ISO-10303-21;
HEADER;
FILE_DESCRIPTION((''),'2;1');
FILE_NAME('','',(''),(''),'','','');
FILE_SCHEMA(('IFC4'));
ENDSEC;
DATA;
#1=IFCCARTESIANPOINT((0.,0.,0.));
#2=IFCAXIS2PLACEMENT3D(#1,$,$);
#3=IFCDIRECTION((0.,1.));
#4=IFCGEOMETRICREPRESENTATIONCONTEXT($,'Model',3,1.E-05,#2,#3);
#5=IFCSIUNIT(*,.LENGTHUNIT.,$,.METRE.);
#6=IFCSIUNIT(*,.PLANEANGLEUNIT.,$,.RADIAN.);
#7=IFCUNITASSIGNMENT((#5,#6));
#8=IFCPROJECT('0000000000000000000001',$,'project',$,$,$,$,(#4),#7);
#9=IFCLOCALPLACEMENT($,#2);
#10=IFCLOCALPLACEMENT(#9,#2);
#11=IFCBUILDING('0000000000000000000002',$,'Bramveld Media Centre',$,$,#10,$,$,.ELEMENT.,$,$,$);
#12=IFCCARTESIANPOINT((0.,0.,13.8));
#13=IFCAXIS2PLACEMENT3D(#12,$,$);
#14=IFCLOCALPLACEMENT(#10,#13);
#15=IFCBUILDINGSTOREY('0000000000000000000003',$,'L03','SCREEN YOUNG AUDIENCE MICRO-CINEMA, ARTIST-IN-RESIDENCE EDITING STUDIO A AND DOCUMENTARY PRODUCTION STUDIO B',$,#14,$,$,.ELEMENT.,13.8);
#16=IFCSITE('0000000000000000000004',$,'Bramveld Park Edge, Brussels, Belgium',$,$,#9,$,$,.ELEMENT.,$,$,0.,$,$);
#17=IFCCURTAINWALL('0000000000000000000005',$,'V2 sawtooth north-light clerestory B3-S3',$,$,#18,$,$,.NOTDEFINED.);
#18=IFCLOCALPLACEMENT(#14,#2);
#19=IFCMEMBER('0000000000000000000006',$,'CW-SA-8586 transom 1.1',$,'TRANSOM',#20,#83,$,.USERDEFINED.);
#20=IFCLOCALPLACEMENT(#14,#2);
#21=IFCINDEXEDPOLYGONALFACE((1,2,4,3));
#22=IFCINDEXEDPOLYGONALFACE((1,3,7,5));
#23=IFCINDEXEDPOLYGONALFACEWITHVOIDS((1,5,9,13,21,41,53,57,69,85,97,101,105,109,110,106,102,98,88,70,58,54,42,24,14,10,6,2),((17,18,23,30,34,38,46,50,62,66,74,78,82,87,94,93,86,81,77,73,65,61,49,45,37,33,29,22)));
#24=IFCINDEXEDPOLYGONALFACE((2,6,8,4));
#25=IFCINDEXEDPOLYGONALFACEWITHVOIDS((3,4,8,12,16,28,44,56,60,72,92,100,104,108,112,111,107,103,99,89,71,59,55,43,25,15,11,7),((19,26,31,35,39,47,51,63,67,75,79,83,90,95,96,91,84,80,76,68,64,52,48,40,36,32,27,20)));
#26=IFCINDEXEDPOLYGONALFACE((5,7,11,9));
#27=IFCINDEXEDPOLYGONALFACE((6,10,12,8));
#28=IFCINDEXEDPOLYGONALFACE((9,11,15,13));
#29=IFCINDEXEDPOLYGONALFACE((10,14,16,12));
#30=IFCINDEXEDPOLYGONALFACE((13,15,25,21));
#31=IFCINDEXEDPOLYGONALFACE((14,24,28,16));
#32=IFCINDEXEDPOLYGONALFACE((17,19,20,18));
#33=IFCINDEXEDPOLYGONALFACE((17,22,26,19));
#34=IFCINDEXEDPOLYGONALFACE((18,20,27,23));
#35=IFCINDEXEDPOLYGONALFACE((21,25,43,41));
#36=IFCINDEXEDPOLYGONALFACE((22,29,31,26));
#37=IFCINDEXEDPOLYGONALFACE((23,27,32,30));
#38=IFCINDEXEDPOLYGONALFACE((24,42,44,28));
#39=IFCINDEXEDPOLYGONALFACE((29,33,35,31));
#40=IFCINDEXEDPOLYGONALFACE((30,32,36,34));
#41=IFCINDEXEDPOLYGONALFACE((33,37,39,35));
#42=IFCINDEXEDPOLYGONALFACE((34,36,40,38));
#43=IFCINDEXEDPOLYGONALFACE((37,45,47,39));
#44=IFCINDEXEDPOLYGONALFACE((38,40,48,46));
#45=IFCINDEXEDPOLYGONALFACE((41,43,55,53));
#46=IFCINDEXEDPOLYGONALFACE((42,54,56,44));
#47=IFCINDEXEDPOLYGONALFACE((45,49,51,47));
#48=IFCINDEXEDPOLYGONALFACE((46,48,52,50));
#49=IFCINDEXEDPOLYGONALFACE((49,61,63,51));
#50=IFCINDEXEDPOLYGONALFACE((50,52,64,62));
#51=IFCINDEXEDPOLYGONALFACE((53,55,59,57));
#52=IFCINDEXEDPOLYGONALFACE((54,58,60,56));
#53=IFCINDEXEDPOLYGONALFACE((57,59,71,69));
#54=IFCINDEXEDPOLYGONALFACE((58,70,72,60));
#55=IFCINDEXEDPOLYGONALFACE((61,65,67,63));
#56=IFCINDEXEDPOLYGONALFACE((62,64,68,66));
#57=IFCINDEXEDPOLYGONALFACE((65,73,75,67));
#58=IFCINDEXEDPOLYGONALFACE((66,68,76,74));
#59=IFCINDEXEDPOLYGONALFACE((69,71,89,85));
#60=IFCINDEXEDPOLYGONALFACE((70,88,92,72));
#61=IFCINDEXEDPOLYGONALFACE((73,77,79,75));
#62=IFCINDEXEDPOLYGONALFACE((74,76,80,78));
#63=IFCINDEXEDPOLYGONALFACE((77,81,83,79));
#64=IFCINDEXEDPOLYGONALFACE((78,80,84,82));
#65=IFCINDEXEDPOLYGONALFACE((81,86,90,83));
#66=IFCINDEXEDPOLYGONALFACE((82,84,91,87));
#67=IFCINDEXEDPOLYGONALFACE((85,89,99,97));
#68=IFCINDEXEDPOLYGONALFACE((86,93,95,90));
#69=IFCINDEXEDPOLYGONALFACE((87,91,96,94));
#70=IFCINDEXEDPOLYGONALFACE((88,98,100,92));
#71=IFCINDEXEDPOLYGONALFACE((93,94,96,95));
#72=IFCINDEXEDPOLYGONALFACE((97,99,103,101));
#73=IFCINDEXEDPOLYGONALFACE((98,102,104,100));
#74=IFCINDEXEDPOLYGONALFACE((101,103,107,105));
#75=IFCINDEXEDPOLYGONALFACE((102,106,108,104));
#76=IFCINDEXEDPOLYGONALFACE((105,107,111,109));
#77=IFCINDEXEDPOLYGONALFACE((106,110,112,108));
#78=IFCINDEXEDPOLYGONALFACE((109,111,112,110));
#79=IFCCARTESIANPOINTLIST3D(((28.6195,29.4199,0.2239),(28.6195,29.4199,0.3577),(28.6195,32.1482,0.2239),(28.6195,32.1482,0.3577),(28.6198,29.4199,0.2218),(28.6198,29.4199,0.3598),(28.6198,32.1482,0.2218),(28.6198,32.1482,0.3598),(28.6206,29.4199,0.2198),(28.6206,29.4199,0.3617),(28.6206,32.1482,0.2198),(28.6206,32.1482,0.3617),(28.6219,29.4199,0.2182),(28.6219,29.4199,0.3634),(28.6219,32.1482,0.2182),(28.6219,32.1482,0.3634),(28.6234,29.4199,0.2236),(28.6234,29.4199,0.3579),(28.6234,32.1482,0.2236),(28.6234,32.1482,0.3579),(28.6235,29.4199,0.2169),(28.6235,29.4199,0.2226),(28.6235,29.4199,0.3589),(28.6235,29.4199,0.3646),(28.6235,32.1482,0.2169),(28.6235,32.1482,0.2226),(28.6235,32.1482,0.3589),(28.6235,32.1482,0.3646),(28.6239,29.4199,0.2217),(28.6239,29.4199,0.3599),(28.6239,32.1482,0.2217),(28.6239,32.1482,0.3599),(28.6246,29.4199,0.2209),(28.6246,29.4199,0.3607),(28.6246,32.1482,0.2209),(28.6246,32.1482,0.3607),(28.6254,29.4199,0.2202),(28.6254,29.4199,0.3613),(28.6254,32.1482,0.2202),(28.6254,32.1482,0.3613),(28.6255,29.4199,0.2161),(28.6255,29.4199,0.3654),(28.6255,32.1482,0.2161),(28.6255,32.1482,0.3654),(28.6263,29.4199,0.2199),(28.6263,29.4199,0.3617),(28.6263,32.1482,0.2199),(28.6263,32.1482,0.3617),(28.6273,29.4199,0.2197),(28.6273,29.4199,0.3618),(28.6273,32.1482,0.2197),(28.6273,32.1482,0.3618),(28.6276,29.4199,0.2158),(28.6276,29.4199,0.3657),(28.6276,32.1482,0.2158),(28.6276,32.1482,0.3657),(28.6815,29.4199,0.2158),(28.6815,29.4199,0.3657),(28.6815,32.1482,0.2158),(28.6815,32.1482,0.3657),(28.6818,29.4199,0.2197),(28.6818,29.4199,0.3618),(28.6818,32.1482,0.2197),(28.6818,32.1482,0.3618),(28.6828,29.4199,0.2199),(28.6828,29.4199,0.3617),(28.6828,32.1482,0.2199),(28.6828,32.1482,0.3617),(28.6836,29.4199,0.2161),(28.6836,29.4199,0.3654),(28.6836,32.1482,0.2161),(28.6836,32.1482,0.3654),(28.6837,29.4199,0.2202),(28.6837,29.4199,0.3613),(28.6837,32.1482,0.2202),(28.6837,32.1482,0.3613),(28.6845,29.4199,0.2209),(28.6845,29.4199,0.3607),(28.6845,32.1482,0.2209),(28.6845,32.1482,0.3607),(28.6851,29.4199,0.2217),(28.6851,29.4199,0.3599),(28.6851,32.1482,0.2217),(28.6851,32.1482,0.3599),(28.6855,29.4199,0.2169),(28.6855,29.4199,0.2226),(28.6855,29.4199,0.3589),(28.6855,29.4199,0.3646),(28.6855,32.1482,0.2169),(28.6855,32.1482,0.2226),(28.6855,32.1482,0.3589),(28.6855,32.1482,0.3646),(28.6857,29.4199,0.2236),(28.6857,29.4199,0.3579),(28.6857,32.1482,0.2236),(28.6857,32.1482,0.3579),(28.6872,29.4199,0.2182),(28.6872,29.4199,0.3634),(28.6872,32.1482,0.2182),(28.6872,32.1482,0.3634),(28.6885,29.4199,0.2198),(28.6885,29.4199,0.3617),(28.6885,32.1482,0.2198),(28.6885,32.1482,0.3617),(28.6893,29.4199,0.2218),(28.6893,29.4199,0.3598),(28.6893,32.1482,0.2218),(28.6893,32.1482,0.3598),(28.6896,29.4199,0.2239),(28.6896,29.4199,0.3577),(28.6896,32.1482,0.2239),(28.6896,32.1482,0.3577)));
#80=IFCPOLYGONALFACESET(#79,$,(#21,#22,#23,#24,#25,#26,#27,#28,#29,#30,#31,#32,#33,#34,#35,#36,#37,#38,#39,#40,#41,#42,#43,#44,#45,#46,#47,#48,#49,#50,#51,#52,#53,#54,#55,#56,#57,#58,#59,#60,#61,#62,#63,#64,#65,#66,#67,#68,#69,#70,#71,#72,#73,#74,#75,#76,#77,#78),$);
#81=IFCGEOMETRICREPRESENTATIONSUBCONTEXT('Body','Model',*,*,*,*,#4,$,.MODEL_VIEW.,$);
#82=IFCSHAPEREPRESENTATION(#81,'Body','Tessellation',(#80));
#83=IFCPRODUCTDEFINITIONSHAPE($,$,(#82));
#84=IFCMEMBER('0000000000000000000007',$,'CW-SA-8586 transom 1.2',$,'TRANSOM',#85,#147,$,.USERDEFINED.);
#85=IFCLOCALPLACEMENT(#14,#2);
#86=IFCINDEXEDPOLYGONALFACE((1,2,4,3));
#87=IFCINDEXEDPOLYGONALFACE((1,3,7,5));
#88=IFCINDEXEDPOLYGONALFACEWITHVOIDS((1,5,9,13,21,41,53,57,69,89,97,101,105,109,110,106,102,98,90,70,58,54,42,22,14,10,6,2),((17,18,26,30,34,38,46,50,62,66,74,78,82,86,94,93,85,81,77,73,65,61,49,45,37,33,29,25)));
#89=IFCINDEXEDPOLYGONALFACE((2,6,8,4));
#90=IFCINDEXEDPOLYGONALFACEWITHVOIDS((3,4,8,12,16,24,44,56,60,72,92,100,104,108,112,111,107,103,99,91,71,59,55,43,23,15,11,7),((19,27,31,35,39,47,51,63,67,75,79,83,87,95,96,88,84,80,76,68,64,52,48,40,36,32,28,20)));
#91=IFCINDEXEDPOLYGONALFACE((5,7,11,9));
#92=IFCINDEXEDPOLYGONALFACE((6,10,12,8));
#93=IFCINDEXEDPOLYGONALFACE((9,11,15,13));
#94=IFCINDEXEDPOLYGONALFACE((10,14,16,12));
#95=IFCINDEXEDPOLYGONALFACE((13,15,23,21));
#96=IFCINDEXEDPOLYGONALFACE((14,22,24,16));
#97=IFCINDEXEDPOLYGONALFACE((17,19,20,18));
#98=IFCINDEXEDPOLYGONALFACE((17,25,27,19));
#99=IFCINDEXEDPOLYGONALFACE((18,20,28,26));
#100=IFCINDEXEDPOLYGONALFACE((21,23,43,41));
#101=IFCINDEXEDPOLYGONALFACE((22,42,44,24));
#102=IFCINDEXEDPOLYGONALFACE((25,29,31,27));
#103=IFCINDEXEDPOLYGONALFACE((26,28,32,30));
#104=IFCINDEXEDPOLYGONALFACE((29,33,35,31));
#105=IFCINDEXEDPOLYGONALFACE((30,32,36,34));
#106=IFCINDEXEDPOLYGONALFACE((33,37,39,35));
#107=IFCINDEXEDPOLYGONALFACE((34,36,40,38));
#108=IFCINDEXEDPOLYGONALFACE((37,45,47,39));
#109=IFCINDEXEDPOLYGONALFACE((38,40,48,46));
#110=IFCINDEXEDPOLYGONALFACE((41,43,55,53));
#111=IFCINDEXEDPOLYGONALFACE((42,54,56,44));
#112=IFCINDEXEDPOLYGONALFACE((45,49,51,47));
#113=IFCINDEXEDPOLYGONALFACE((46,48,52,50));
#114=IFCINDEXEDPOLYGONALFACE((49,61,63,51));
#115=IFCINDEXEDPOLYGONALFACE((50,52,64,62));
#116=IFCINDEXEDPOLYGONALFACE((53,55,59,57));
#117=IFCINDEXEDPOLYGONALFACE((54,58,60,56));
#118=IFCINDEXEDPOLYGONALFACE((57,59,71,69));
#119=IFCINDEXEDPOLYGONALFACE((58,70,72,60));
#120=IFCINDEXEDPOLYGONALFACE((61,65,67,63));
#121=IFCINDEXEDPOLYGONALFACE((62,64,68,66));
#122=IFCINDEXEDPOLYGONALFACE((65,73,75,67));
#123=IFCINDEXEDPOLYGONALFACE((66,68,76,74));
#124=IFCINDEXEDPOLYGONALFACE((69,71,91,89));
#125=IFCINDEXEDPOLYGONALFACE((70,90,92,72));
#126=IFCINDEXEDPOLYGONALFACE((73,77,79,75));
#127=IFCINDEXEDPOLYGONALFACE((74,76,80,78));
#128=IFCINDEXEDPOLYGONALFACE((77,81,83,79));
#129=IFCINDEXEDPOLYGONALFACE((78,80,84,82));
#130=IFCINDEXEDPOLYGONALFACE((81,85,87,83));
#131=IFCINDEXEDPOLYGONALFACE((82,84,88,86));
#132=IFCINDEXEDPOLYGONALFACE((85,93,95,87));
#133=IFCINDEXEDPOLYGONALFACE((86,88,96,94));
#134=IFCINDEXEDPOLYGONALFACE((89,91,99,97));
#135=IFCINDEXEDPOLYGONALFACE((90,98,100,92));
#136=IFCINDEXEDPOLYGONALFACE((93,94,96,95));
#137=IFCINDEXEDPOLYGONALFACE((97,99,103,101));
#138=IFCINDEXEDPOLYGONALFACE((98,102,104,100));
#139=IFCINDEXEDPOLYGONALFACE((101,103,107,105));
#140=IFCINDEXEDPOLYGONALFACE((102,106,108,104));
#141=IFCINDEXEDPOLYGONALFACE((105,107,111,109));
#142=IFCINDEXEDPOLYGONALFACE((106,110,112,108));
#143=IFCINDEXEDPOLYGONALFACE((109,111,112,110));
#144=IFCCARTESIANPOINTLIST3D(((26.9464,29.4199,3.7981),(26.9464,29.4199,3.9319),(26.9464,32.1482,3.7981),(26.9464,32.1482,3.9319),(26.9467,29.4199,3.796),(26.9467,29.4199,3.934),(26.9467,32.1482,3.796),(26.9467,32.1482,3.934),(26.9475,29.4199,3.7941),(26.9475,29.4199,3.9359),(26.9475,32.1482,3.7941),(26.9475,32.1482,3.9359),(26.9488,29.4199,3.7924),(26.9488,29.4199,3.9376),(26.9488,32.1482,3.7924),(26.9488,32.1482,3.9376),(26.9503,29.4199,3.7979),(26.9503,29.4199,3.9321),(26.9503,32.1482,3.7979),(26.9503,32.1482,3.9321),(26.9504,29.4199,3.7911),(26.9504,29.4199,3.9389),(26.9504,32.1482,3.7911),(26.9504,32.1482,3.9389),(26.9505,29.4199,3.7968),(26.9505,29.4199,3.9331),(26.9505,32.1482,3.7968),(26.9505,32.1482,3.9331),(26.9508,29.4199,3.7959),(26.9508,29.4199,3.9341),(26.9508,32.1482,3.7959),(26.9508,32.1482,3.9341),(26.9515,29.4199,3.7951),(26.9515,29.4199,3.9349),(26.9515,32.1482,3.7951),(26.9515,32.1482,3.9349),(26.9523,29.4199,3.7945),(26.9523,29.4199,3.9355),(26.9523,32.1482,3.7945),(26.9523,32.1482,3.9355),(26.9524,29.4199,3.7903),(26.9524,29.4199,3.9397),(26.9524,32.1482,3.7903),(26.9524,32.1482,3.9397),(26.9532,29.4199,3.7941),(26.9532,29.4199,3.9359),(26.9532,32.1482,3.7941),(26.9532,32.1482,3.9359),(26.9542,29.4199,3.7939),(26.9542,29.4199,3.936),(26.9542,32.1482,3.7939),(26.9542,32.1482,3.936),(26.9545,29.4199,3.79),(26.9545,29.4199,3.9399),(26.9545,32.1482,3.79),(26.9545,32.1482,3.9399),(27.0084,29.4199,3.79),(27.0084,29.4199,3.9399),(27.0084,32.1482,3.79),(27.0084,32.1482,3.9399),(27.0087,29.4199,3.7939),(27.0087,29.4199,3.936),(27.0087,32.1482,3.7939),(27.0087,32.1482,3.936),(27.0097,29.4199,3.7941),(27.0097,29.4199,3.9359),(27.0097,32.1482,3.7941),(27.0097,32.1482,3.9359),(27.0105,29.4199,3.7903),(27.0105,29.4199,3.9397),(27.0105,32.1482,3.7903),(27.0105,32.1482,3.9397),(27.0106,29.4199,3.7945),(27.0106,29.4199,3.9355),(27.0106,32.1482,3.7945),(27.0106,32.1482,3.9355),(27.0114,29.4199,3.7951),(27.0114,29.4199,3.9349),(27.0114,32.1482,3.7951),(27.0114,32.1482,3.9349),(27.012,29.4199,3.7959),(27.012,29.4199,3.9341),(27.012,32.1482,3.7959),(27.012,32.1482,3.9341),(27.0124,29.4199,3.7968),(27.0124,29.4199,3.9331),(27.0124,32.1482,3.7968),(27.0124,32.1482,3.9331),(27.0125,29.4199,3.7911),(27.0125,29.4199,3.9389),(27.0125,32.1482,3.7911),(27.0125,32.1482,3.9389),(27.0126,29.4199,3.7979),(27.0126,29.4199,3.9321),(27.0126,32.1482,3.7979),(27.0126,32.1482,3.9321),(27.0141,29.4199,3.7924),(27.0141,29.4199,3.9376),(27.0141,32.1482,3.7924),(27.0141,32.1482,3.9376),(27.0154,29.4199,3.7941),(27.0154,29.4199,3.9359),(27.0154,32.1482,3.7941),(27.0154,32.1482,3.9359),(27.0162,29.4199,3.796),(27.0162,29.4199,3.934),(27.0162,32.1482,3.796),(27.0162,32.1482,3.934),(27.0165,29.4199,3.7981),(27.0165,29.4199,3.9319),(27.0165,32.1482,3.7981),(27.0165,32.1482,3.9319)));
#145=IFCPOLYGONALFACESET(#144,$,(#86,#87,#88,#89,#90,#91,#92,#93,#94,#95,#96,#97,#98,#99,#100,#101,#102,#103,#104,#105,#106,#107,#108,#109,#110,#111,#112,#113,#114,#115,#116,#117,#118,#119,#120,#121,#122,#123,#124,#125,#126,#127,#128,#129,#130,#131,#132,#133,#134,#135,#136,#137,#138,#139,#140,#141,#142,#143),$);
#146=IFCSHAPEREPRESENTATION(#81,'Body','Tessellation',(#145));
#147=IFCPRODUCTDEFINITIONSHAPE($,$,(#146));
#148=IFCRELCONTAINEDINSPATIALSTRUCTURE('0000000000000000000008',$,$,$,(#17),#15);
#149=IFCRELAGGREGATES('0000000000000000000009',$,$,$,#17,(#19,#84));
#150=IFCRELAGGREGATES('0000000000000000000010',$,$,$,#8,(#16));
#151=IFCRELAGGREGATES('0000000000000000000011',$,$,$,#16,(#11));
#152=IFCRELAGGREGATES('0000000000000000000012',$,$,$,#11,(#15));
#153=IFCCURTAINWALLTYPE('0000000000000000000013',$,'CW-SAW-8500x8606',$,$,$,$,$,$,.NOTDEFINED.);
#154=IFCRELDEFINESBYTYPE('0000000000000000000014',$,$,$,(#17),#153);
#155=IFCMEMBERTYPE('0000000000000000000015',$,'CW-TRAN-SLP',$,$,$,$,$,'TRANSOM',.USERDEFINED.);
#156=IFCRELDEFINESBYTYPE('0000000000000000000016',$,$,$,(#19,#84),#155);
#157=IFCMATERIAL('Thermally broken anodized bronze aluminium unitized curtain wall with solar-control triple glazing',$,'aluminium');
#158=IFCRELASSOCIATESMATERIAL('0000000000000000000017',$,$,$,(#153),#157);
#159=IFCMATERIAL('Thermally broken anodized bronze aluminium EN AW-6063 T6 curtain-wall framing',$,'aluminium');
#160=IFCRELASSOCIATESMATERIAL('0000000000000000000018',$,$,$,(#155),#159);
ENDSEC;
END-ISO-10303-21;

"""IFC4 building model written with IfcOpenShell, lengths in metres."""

from ifc_helpers import new_model, si_unit, direction, frame, origin, origin_2d, place, context, subcontext, project, spatial, hollow_rectangle, extrude, material, material_profile, profile_set, type_object, element, aggregate, save


model = new_model("IFC4")

# Units and contexts
model_context = context("Model", 3, precision=1e-05, world=origin(), true_north=direction((0.0, 1.0)))
body_context = subcontext(model_context, "Body", "Model", "MODEL_VIEW")
ifc_project = project(units=[si_unit("LENGTHUNIT", "METRE"), si_unit("PLANEANGLEUNIT", "RADIAN")], contexts=[model_context])

# Site, building, storey
site_placement = place(None, origin())
site = spatial("IfcSite", under=ifc_project, at=site_placement, Name="Bramveld Park Edge, Brussels, Belgium", CompositionType="ELEMENT", RefElevation=0.0)
building_placement = place(site_placement, origin())
building = spatial("IfcBuilding", under=site, at=building_placement, Name="Bramveld Media Centre", CompositionType="ELEMENT")
storey_placement = place(building_placement, frame((0.0, 0.0, 13.8)))
storey = spatial("IfcBuildingStorey", under=building, at=storey_placement, Name="L03", Description="SCREEN YOUNG AUDIENCE MICRO-CINEMA, ARTIST-IN-RESIDENCE EDITING STUDIO A AND DOCUMENTARY PRODUCTION STUDIO B", CompositionType="ELEMENT", Elevation=13.8)

# Curtain wall, members
ifc_material_1 = material(Name="Thermally broken anodized bronze aluminium unitized curtain wall with solar-control triple glazing", Category="aluminium")
curtain_wall_type = type_object("IfcCurtainWallType", Name="CW-SAW-8500x8606", PredefinedType="NOTDEFINED", material=ifc_material_1)
curtain_wall_placement = place(storey_placement, origin())
curtain_wall = element("IfcCurtainWall", 1, at=curtain_wall_placement, inside=storey, type_object=curtain_wall_type, Name="V2 sawtooth north-light clerestory B3-S3", PredefinedType="NOTDEFINED")
ifc_material_2 = material(Name="Thermally broken anodized bronze aluminium EN AW-6063 T6 curtain-wall framing", Category="aluminium")
ifc_material_profile_1 = material_profile(ifc_material_2, hollow_rectangle(XDim=0.0701, YDim=0.1499, WallThickness=0.0039, InnerFilletRadius=0.0039, OuterFilletRadius=0.0081, at=origin_2d()), Name="AL-TRAN 70x150")
ifc_profile_set_1 = profile_set([ifc_material_profile_1], Name="Thermally broken anodized bronze aluminium EN AW-6063 T6 curtain-wall framing")
member_type_1 = type_object("IfcMemberType", Name="CW-TRAN-SLP", ElementType="TRANSOM", PredefinedType="USERDEFINED", material=ifc_profile_set_1)
member_1_placement = place(storey_placement, frame((28.6545, 29.4199, 0.2908), z_axis=(0.0, 1.0, 0.0), x_axis=(-1.0, 0.0, 0.0)))
member_1 = element("IfcMember", 2, at=member_1_placement, type_object=member_type_1, Name="CW-SA-8586 transom 1.1", ObjectType="TRANSOM", PredefinedType="USERDEFINED", context=body_context, shape_type="SweptSolid", body=[
    extrude(hollow_rectangle(XDim=0.0701, YDim=0.1499, WallThickness=0.0039, InnerFilletRadius=0.0039, OuterFilletRadius=0.0081, at=origin_2d()), origin(), (0.0, 0.0, 1.0), 2.7283),
])
member_2_placement = place(storey_placement, frame((26.9814, 29.4199, 3.865), z_axis=(0.0, 1.0, 0.0), x_axis=(-1.0, 0.0, 0.0)))
member_2 = element("IfcMember", 3, at=member_2_placement, type_object=member_type_1, Name="CW-SA-8586 transom 1.2", ObjectType="TRANSOM", PredefinedType="USERDEFINED", context=body_context, shape_type="SweptSolid", body=[
    extrude(hollow_rectangle(XDim=0.0701, YDim=0.1499, WallThickness=0.0039, InnerFilletRadius=0.0039, OuterFilletRadius=0.0081, at=origin_2d()), origin(), (0.0, 0.0, 1.0), 2.7283),
])

aggregate(curtain_wall, [member_1, member_2])

save(model, "model.ifc")
